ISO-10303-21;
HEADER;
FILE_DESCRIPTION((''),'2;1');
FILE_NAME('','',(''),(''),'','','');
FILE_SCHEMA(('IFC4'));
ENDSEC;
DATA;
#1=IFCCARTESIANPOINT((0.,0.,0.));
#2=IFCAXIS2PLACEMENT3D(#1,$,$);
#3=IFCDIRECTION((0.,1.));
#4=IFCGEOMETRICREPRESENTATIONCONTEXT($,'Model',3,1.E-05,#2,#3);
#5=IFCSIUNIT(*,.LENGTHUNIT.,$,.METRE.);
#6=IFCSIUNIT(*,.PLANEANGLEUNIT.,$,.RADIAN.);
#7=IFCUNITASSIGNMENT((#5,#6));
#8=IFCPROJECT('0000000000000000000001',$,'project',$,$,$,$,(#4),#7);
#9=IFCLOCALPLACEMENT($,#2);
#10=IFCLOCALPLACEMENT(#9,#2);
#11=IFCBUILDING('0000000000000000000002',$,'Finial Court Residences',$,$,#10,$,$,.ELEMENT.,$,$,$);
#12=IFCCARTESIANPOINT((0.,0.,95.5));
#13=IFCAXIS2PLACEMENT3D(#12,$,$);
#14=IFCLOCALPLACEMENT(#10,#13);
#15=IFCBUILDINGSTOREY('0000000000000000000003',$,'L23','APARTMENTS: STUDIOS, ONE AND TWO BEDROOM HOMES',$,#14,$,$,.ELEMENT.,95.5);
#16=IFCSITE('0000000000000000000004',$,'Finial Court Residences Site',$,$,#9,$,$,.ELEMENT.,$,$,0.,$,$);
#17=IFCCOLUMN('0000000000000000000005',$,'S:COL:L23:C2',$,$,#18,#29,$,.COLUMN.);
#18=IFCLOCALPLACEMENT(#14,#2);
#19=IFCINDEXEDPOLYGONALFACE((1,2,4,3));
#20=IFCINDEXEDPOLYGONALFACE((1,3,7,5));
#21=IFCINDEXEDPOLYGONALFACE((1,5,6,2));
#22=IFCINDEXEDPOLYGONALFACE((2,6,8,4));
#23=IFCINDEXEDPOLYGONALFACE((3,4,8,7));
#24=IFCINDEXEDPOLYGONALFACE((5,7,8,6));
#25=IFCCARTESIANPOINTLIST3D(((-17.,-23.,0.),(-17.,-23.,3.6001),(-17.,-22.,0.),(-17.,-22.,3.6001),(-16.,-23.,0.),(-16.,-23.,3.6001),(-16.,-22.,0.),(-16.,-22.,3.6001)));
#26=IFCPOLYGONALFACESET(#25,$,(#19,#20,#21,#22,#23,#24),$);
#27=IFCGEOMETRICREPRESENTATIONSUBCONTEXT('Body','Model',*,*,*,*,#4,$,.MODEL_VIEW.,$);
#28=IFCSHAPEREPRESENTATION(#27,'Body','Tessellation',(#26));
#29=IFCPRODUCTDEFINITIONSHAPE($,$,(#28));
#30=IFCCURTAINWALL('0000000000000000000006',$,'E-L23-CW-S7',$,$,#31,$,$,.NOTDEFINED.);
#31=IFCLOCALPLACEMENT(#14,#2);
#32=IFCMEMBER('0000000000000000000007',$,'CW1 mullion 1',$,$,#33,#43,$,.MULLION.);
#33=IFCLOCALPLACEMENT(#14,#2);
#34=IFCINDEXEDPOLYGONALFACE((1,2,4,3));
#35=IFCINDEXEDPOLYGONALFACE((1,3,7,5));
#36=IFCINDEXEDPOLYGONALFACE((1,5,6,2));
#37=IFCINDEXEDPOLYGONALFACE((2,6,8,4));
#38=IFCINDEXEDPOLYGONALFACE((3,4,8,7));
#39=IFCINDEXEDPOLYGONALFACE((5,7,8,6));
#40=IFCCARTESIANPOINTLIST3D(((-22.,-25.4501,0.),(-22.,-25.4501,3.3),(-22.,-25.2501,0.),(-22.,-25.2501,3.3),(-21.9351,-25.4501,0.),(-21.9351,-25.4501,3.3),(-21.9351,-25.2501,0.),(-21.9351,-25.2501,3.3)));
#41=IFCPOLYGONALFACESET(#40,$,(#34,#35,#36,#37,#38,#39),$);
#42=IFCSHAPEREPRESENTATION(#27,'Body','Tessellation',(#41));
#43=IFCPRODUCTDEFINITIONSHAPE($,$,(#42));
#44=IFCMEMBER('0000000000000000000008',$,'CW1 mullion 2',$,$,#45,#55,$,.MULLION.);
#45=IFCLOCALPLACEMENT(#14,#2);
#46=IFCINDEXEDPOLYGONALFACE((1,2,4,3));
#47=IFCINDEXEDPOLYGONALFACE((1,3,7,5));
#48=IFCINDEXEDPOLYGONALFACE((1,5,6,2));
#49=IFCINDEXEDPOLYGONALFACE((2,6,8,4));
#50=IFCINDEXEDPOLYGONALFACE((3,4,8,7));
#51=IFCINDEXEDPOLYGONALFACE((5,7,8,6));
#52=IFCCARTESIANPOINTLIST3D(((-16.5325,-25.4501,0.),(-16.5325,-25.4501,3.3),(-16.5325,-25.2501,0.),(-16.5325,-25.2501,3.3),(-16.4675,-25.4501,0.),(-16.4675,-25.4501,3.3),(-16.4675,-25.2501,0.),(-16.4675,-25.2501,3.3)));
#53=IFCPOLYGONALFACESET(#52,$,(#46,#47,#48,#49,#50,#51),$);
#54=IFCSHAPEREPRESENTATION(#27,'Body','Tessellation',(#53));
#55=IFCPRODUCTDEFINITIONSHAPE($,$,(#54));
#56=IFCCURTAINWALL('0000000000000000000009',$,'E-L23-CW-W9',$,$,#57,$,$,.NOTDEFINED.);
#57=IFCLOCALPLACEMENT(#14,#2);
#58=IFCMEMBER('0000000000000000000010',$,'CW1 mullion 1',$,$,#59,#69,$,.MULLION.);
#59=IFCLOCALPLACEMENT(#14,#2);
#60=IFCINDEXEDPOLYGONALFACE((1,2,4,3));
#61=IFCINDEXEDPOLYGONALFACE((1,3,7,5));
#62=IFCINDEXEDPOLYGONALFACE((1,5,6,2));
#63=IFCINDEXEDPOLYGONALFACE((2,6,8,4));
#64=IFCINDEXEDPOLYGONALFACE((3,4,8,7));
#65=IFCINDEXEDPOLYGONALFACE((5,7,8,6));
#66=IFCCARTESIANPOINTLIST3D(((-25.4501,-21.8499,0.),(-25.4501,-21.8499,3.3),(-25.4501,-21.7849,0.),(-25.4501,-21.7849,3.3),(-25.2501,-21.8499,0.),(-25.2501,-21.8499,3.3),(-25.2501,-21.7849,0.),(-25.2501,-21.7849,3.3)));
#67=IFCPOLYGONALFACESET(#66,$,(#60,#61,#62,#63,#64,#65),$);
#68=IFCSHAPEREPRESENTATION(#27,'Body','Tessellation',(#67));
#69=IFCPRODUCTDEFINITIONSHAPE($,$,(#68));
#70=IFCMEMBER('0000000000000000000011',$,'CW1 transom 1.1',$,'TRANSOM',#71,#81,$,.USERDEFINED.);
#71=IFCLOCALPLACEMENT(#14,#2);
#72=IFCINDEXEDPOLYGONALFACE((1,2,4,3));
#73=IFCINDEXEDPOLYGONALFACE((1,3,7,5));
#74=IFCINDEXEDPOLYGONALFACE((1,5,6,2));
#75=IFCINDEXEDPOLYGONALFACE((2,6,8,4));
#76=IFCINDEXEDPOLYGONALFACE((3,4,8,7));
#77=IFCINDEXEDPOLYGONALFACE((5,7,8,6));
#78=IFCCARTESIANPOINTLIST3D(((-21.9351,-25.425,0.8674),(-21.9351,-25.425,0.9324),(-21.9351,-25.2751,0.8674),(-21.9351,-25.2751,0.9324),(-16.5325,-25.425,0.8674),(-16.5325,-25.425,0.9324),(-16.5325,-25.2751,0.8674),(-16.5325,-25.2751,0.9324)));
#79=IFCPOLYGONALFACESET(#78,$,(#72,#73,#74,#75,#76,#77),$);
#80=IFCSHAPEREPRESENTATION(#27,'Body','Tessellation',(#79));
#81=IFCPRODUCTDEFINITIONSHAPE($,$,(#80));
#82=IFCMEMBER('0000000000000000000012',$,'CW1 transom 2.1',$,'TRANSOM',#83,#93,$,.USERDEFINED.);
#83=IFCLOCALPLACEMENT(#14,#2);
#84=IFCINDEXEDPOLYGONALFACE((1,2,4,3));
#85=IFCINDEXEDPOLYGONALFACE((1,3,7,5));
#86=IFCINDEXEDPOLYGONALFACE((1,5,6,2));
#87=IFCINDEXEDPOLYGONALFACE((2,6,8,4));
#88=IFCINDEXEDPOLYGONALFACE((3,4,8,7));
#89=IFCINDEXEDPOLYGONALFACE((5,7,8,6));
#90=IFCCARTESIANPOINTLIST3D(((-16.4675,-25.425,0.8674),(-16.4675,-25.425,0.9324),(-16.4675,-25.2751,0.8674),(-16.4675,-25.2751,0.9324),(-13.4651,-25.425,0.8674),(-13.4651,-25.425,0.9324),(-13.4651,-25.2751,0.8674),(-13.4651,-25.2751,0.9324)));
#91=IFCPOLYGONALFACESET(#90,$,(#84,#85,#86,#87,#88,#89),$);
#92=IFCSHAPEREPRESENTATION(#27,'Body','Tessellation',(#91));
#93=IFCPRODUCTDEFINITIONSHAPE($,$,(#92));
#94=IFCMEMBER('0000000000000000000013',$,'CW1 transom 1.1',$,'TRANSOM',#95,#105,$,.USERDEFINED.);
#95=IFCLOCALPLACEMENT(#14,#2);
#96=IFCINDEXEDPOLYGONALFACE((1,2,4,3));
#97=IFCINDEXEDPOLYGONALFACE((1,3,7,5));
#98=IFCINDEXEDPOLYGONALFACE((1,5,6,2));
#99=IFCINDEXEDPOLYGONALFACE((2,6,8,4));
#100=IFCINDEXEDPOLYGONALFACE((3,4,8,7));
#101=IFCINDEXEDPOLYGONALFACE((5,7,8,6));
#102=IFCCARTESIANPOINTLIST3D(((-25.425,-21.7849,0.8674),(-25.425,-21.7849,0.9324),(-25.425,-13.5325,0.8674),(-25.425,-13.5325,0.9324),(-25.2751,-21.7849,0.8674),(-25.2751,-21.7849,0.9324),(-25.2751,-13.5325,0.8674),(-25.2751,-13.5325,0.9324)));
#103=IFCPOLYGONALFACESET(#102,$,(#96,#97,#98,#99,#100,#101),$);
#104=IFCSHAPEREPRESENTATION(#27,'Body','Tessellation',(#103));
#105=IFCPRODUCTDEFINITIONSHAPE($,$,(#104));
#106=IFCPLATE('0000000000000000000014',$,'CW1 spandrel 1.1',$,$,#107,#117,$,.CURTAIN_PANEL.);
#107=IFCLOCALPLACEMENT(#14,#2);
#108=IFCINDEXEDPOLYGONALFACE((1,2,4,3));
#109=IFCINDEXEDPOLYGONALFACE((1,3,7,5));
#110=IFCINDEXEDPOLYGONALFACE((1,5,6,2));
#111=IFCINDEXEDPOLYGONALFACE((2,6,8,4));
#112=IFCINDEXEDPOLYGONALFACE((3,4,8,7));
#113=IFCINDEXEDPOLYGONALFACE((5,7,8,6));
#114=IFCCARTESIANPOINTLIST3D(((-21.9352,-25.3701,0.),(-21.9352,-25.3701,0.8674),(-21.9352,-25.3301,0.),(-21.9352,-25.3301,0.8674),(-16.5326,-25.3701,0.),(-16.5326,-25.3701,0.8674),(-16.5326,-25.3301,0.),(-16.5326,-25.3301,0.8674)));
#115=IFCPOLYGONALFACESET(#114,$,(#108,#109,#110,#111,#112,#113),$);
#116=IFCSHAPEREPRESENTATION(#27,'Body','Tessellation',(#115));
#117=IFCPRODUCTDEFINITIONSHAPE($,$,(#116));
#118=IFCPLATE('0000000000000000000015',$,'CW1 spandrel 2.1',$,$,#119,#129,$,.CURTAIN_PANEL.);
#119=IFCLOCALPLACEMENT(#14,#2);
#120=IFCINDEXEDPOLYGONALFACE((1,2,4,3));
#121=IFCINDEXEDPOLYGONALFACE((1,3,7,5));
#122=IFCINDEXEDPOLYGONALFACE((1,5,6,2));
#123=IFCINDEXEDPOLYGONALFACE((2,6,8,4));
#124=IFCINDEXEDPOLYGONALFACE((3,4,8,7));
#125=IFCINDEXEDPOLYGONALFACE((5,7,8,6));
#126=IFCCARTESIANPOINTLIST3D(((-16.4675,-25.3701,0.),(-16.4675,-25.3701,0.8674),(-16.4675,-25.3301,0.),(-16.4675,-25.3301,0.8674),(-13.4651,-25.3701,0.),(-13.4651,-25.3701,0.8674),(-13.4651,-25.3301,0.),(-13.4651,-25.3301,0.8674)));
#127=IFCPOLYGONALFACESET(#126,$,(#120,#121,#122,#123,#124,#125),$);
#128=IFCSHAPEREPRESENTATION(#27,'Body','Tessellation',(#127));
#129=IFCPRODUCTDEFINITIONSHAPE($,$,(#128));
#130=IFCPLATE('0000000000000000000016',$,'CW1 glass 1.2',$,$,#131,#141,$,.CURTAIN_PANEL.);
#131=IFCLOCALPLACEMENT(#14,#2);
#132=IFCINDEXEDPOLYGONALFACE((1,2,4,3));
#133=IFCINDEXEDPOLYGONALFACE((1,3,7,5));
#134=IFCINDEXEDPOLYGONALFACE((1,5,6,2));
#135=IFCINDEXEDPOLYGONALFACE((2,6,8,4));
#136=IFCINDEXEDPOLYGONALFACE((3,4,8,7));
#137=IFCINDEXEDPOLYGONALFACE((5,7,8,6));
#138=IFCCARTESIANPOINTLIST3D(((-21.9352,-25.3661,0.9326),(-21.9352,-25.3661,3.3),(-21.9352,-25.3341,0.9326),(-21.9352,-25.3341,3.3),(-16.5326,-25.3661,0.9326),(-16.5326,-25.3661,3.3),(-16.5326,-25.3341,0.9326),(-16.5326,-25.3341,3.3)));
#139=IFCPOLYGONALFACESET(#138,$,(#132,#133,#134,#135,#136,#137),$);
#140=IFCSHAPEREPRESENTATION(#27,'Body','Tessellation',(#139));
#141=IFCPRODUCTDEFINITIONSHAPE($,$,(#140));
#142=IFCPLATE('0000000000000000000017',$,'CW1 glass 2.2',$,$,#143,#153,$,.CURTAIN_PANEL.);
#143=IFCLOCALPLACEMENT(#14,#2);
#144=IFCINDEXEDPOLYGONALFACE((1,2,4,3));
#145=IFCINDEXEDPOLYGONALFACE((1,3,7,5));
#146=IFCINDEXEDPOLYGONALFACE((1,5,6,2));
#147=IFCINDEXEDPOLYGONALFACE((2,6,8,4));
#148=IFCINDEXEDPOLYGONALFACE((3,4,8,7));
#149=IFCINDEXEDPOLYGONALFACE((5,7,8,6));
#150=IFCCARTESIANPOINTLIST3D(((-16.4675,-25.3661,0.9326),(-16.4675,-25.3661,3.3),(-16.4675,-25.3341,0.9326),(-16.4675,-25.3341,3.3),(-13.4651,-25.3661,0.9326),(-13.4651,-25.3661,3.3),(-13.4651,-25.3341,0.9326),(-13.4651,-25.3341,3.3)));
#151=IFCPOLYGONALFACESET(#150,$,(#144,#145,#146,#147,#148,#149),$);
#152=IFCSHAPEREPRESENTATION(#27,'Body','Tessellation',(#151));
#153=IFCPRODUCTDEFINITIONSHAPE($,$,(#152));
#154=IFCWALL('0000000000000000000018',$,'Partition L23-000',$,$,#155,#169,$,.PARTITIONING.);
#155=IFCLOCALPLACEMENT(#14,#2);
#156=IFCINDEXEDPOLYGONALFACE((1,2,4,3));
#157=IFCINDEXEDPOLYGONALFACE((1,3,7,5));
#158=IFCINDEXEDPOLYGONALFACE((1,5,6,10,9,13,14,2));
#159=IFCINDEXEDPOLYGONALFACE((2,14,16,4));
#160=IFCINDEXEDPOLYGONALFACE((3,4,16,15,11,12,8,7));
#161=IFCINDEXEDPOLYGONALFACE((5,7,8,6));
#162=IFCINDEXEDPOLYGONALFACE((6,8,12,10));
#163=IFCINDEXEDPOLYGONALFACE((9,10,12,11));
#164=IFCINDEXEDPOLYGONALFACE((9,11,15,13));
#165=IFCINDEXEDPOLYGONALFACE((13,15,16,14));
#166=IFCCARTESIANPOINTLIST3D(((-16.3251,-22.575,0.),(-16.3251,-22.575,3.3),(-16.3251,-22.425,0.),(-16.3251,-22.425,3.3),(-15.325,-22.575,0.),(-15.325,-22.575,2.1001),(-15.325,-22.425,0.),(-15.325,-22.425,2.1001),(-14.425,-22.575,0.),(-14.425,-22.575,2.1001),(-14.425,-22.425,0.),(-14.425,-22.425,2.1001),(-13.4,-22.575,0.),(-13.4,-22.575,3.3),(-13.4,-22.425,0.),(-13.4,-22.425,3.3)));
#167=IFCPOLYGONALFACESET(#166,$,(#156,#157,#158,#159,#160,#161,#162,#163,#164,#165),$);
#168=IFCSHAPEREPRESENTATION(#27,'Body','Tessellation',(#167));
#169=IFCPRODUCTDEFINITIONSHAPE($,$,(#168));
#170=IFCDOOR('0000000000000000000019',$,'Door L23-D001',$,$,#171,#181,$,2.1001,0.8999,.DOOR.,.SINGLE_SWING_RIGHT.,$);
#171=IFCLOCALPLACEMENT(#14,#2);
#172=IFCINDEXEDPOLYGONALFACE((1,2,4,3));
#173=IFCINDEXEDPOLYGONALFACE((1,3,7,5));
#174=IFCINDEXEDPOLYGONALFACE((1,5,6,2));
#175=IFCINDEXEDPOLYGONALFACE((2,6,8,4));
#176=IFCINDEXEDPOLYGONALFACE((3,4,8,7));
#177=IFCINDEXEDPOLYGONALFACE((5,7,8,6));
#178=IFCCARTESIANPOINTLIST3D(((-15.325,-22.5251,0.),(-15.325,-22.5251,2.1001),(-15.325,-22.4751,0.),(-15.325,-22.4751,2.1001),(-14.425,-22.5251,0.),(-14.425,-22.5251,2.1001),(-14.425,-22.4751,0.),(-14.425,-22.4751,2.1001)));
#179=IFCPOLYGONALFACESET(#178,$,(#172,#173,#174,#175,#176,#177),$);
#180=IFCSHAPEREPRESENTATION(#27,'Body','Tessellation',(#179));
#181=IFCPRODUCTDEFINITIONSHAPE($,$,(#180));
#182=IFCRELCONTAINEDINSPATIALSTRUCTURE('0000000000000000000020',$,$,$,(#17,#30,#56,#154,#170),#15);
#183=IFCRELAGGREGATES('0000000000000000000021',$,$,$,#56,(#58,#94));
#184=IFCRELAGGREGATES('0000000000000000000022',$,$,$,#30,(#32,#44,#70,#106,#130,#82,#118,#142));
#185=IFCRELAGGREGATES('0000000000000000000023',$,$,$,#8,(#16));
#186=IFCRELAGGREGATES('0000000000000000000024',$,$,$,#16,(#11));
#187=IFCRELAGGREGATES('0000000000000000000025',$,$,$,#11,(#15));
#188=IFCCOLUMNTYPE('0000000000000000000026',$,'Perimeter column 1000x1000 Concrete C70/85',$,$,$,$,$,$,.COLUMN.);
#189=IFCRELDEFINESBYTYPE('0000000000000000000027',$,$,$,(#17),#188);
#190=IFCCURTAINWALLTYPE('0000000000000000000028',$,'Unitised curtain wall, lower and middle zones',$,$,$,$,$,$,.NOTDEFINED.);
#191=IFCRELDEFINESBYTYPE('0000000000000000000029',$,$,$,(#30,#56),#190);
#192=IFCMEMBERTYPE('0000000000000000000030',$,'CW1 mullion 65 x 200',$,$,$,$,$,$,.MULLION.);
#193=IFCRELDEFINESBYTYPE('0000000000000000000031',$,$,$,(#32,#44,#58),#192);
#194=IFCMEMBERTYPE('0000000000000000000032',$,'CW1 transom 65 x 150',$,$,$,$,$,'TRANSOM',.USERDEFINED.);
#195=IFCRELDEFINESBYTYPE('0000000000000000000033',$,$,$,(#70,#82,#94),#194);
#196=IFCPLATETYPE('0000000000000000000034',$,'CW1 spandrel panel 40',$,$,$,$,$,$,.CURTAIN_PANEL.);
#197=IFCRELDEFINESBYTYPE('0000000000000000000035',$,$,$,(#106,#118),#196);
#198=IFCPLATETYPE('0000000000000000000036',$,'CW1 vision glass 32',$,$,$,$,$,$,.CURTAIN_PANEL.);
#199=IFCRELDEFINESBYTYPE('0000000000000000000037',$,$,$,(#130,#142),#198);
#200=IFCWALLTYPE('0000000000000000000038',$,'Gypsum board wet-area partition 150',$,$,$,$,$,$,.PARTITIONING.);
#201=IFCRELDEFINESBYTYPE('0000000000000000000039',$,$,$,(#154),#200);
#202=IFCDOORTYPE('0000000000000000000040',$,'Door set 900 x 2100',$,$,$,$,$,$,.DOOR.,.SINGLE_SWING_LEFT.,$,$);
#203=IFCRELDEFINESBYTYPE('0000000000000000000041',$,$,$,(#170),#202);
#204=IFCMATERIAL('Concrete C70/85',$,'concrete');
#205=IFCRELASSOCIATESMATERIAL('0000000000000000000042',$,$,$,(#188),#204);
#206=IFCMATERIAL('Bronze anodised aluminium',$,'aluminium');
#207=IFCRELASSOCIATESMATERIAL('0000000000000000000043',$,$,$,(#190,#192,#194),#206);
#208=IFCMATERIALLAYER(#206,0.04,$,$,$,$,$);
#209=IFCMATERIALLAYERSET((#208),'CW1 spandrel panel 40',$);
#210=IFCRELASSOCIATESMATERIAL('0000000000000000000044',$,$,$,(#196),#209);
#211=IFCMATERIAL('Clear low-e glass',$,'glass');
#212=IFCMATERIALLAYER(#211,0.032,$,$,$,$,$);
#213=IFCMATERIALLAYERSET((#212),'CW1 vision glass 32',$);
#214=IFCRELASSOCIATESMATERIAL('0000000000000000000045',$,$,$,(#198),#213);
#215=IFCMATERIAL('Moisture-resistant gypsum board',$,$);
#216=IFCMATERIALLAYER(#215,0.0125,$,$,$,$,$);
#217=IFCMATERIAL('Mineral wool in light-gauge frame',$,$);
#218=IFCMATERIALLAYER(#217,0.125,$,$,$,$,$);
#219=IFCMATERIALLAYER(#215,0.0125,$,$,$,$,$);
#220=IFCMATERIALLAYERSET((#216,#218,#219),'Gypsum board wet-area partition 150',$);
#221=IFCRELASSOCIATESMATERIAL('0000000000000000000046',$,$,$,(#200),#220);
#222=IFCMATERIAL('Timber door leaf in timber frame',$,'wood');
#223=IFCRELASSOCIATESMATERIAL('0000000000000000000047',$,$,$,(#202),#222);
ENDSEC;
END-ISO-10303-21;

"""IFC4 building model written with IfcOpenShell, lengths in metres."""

from ifc_helpers import new_model, si_unit, direction, frame, frame_2d, origin, origin_2d, place, context, subcontext, project, spatial, rectangle, extrude, material, layer, layer_set, material_profile, profile_set, type_object, element, fill, aggregate, save


model = new_model("IFC4")

# Units and contexts
model_context = context("Model", 3, precision=1e-05, world=origin(), true_north=direction((0.0, 1.0)))
body_context = subcontext(model_context, "Body", "Model", "MODEL_VIEW")
ifc_project = project(units=[si_unit("LENGTHUNIT", "METRE"), si_unit("PLANEANGLEUNIT", "RADIAN")], contexts=[model_context])

# Site, building, storey
site_placement = place(None, origin())
site = spatial("IfcSite", under=ifc_project, at=site_placement, Name="Finial Court Residences Site", CompositionType="ELEMENT", RefElevation=0.0)
building_placement = place(site_placement, origin())
building = spatial("IfcBuilding", under=site, at=building_placement, Name="Finial Court Residences", CompositionType="ELEMENT")
storey_placement = place(building_placement, frame((0.0, 0.0, 95.5)))
storey = spatial("IfcBuildingStorey", under=building, at=storey_placement, Name="L23", Description="APARTMENTS: STUDIOS, ONE AND TWO BEDROOM HOMES", CompositionType="ELEMENT", Elevation=95.5)

# Column
ifc_material_1 = material(Name="Concrete C70/85", Category="concrete")
ifc_material_profile_1 = material_profile(ifc_material_1, rectangle(XDim=1.0, YDim=1.0, at=origin_2d()), Name="1000x1000")
ifc_profile_set_1 = profile_set([ifc_material_profile_1], Name="Concrete C70/85")
column_type = type_object("IfcColumnType", Name="Perimeter column 1000x1000 Concrete C70/85", PredefinedType="COLUMN", material=ifc_profile_set_1)
column_placement = place(storey_placement, frame((-16.5, -22.5, 0.0), z_axis=(0.0, 0.0, 1.0), x_axis=(1.0, 0.0, 0.0)))
element("IfcColumn", 1, at=column_placement, inside=storey, type_object=column_type, Name="S:COL:L23:C2", PredefinedType="COLUMN", context=body_context, shape_type="SweptSolid", body=[
    extrude(rectangle(XDim=1.0, YDim=1.0, at=origin_2d()), origin(), (0.0, 0.0, 1.0), 3.6001),
])

# Curtain wall, members
ifc_material_2 = material(Name="Bronze anodised aluminium", Category="aluminium")
curtain_wall_type = type_object("IfcCurtainWallType", Name="Unitised curtain wall, lower and middle zones", PredefinedType="NOTDEFINED", material=ifc_material_2)
curtain_wall_1_placement = place(storey_placement, origin())
curtain_wall_1 = element("IfcCurtainWall", 2, at=curtain_wall_1_placement, inside=storey, type_object=curtain_wall_type, Name="E-L23-CW-S7", PredefinedType="NOTDEFINED")
ifc_material_profile_2 = material_profile(ifc_material_2, rectangle(XDim=0.2, YDim=0.0649, at=origin_2d()), Name="CW1 mullion 65 x 200")
ifc_profile_set_2 = profile_set([ifc_material_profile_2], Name="Bronze anodised aluminium")
member_type_1 = type_object("IfcMemberType", Name="CW1 mullion 65 x 200", PredefinedType="MULLION", material=ifc_profile_set_2)
member_1_placement = place(storey_placement, frame((-21.9675, -25.3501, 0.0), z_axis=(0.0, 0.0, 1.0), x_axis=(0.0, 1.0, 0.0)))
member_1 = element("IfcMember", 3, at=member_1_placement, type_object=member_type_1, Name="CW1 mullion 1", PredefinedType="MULLION", context=body_context, shape_type="SweptSolid", body=[
    extrude(rectangle(XDim=0.2, YDim=0.0649, at=origin_2d()), origin(), (0.0, 0.0, 1.0), 3.3),
])
member_2_placement = place(storey_placement, frame((-16.5, -25.3501, 0.0), z_axis=(0.0, 0.0, 1.0), x_axis=(0.0, 1.0, 0.0)))
member_2 = element("IfcMember", 4, at=member_2_placement, type_object=member_type_1, Name="CW1 mullion 2", PredefinedType="MULLION", context=body_context, shape_type="SweptSolid", body=[
    extrude(rectangle(XDim=0.2, YDim=0.0649, at=origin_2d()), origin(), (0.0, 0.0, 1.0), 3.3),
])

# Curtain wall, member
curtain_wall_2_placement = place(storey_placement, origin())
curtain_wall_2 = element("IfcCurtainWall", 5, at=curtain_wall_2_placement, inside=storey, type_object=curtain_wall_type, Name="E-L23-CW-W9", PredefinedType="NOTDEFINED")
member_3_placement = place(storey_placement, frame((-25.3501, -21.8174, 0.0), z_axis=(0.0, 0.0, 1.0), x_axis=(-1.0, 0.0, 0.0)))
member_3 = element("IfcMember", 6, at=member_3_placement, type_object=member_type_1, Name="CW1 mullion 1", PredefinedType="MULLION", context=body_context, shape_type="SweptSolid", body=[
    extrude(rectangle(XDim=0.2, YDim=0.0649, at=origin_2d()), origin(), (0.0, 0.0, 1.0), 3.3),
])

# Members
ifc_material_profile_3 = material_profile(ifc_material_2, rectangle(XDim=0.1499, YDim=0.0649, at=origin_2d()), Name="CW1 transom 65 x 150")
ifc_profile_set_3 = profile_set([ifc_material_profile_3], Name="Bronze anodised aluminium")
member_type_2 = type_object("IfcMemberType", Name="CW1 transom 65 x 150", ElementType="TRANSOM", PredefinedType="USERDEFINED", material=ifc_profile_set_3)
member_4_placement = place(storey_placement, frame((-21.9351, -25.3501, 0.8999), z_axis=(1.0, 0.0, 0.0), x_axis=(0.0, 1.0, 0.0)))
member_4 = element("IfcMember", 7, at=member_4_placement, type_object=member_type_2, Name="CW1 transom 1.1", ObjectType="TRANSOM", PredefinedType="USERDEFINED", context=body_context, shape_type="SweptSolid", body=[
    extrude(rectangle(XDim=0.1499, YDim=0.0649, at=origin_2d()), origin(), (0.0, 0.0, 1.0), 5.4026),
])
member_5_placement = place(storey_placement, frame((-16.4675, -25.3501, 0.8999), z_axis=(1.0, 0.0, 0.0), x_axis=(0.0, 1.0, 0.0)))
member_5 = element("IfcMember", 8, at=member_5_placement, type_object=member_type_2, Name="CW1 transom 2.1", ObjectType="TRANSOM", PredefinedType="USERDEFINED", context=body_context, shape_type="SweptSolid", body=[
    extrude(rectangle(XDim=0.1499, YDim=0.0649, at=origin_2d()), origin(), (0.0, 0.0, 1.0), 3.0024),
])
member_6_placement = place(storey_placement, frame((-25.3501, -21.7849, 0.8999), z_axis=(0.0, 1.0, 0.0), x_axis=(-1.0, 0.0, 0.0)))
member_6 = element("IfcMember", 9, at=member_6_placement, type_object=member_type_2, Name="CW1 transom 1.1", ObjectType="TRANSOM", PredefinedType="USERDEFINED", context=body_context, shape_type="SweptSolid", body=[
    extrude(rectangle(XDim=0.1499, YDim=0.0649, at=origin_2d()), origin(), (0.0, 0.0, 1.0), 8.2524),
])
aggregate(curtain_wall_2, [member_3, member_6])

# Plates
ifc_layer_1 = layer(ifc_material_2, 0.04)
ifc_layer_set_1 = layer_set([ifc_layer_1], Name="CW1 spandrel panel 40")
plate_type_1 = type_object("IfcPlateType", Name="CW1 spandrel panel 40", PredefinedType="CURTAIN_PANEL", material=ifc_layer_set_1)
plate_1_placement = place(storey_placement, frame((-19.2339, -25.3501, 0.0), z_axis=(0.0, 0.0, 1.0), x_axis=(1.0, 0.0, 0.0)))
plate_1 = element("IfcPlate", 10, at=plate_1_placement, type_object=plate_type_1, Name="CW1 spandrel 1.1", PredefinedType="CURTAIN_PANEL", context=body_context, shape_type="SweptSolid", body=[
    extrude(rectangle(XDim=5.4026, YDim=0.04, at=origin_2d()), origin(), (0.0, 0.0, 1.0), 0.8674),
])
plate_2_placement = place(storey_placement, frame((-14.9663, -25.3501, 0.0), z_axis=(0.0, 0.0, 1.0), x_axis=(1.0, 0.0, 0.0)))
plate_2 = element("IfcPlate", 11, at=plate_2_placement, type_object=plate_type_1, Name="CW1 spandrel 2.1", PredefinedType="CURTAIN_PANEL", context=body_context, shape_type="SweptSolid", body=[
    extrude(rectangle(XDim=3.0024, YDim=0.04, at=origin_2d()), origin(), (0.0, 0.0, 1.0), 0.8674),
])
ifc_material_3 = material(Name="Clear low-e glass", Category="glass")
ifc_layer_2 = layer(ifc_material_3, 0.032)
ifc_layer_set_2 = layer_set([ifc_layer_2], Name="CW1 vision glass 32")
plate_type_2 = type_object("IfcPlateType", Name="CW1 vision glass 32", PredefinedType="CURTAIN_PANEL", material=ifc_layer_set_2)
plate_3_placement = place(storey_placement, frame((-19.2339, -25.3501, 0.9326), z_axis=(0.0, 0.0, 1.0), x_axis=(1.0, 0.0, 0.0)))
plate_3 = element("IfcPlate", 12, at=plate_3_placement, type_object=plate_type_2, Name="CW1 glass 1.2", PredefinedType="CURTAIN_PANEL", context=body_context, shape_type="SweptSolid", body=[
    extrude(rectangle(XDim=5.4026, YDim=0.032, at=origin_2d()), origin(), (0.0, 0.0, 1.0), 2.3674),
])
plate_4_placement = place(storey_placement, frame((-14.9663, -25.3501, 0.9326), z_axis=(0.0, 0.0, 1.0), x_axis=(1.0, 0.0, 0.0)))
plate_4 = element("IfcPlate", 13, at=plate_4_placement, type_object=plate_type_2, Name="CW1 glass 2.2", PredefinedType="CURTAIN_PANEL", context=body_context, shape_type="SweptSolid", body=[
    extrude(rectangle(XDim=3.0024, YDim=0.032, at=origin_2d()), origin(), (0.0, 0.0, 1.0), 2.3674),
])
aggregate(curtain_wall_1, [member_1, member_2, member_4, plate_1, plate_3, member_5, plate_2, plate_4])

# Wall, opening, door
ifc_material_4 = material(Name="Moisture-resistant gypsum board")
ifc_layer_3 = layer(ifc_material_4, 0.0125)
ifc_material_5 = material(Name="Mineral wool in light-gauge frame")
ifc_layer_4 = layer(ifc_material_5, 0.125)
ifc_layer_5 = layer(ifc_material_4, 0.0125)
ifc_layer_set_3 = layer_set([ifc_layer_3, ifc_layer_4, ifc_layer_5], Name="Gypsum board wet-area partition 150")
wall_type_1 = type_object("IfcWallType", Name="Gypsum board wet-area partition 150", PredefinedType="PARTITIONING", material=ifc_layer_set_3)
wall_1_placement = place(storey_placement, frame((-16.325, -22.5, 0.0), z_axis=(0.0, 0.0, 1.0), x_axis=(1.0, 0.0, 0.0)))
wall_1 = element("IfcWall", 14, at=wall_1_placement, inside=storey, type_object=wall_type_1, Name="Partition L23-000", PredefinedType="PARTITIONING", context=body_context, shape_type="SweptSolid", body=[
    extrude(rectangle(XDim=2.925, YDim=0.1499, at=frame_2d((1.4624, 0.0))), origin(), (0.0, 0.0, 1.0), 3.3),
])
opening_1_placement = place(wall_1_placement, frame((1.0, 0.0, 0.0)))
opening_1 = element("IfcOpeningElement", 15, at=opening_1_placement, cuts=wall_1, PredefinedType="OPENING", context=body_context, shape_type="SweptSolid", body=[
    extrude(rectangle(XDim=0.8999, YDim=2.1001, at=frame_2d((0.45, 1.05))), frame((0.0, 0.085, 0.0), z_axis=(0.0, -1.0, 0.0), x_axis=(1.0, 0.0, 0.0)), (0.0, 0.0, 1.0), 0.1699),
])
ifc_material_6 = material(Name="Timber door leaf in timber frame", Category="wood")
door_type = type_object("IfcDoorType", Name="Door set 900 x 2100", OperationType="SINGLE_SWING_LEFT", PredefinedType="DOOR", material=ifc_material_6)
door_1_placement = place(opening_1_placement, origin())
door_1 = element("IfcDoor", 16, at=door_1_placement, inside=storey, type_object=door_type, Name="Door L23-D001", OperationType="SINGLE_SWING_RIGHT", OverallHeight=2.1001, OverallWidth=0.8999, PredefinedType="DOOR", context=body_context, shape_type="SweptSolid", body=[
    extrude(rectangle(XDim=0.8999, YDim=2.1001, at=frame_2d((0.45, 1.05))), frame((0.0, 0.0249, 0.0), z_axis=(0.0, -1.0, 0.0), x_axis=(1.0, 0.0, 0.0)), (0.0, 0.0, 1.0), 0.05),
])
fill(opening_1, door_1)

save(model, "model.ifc")
